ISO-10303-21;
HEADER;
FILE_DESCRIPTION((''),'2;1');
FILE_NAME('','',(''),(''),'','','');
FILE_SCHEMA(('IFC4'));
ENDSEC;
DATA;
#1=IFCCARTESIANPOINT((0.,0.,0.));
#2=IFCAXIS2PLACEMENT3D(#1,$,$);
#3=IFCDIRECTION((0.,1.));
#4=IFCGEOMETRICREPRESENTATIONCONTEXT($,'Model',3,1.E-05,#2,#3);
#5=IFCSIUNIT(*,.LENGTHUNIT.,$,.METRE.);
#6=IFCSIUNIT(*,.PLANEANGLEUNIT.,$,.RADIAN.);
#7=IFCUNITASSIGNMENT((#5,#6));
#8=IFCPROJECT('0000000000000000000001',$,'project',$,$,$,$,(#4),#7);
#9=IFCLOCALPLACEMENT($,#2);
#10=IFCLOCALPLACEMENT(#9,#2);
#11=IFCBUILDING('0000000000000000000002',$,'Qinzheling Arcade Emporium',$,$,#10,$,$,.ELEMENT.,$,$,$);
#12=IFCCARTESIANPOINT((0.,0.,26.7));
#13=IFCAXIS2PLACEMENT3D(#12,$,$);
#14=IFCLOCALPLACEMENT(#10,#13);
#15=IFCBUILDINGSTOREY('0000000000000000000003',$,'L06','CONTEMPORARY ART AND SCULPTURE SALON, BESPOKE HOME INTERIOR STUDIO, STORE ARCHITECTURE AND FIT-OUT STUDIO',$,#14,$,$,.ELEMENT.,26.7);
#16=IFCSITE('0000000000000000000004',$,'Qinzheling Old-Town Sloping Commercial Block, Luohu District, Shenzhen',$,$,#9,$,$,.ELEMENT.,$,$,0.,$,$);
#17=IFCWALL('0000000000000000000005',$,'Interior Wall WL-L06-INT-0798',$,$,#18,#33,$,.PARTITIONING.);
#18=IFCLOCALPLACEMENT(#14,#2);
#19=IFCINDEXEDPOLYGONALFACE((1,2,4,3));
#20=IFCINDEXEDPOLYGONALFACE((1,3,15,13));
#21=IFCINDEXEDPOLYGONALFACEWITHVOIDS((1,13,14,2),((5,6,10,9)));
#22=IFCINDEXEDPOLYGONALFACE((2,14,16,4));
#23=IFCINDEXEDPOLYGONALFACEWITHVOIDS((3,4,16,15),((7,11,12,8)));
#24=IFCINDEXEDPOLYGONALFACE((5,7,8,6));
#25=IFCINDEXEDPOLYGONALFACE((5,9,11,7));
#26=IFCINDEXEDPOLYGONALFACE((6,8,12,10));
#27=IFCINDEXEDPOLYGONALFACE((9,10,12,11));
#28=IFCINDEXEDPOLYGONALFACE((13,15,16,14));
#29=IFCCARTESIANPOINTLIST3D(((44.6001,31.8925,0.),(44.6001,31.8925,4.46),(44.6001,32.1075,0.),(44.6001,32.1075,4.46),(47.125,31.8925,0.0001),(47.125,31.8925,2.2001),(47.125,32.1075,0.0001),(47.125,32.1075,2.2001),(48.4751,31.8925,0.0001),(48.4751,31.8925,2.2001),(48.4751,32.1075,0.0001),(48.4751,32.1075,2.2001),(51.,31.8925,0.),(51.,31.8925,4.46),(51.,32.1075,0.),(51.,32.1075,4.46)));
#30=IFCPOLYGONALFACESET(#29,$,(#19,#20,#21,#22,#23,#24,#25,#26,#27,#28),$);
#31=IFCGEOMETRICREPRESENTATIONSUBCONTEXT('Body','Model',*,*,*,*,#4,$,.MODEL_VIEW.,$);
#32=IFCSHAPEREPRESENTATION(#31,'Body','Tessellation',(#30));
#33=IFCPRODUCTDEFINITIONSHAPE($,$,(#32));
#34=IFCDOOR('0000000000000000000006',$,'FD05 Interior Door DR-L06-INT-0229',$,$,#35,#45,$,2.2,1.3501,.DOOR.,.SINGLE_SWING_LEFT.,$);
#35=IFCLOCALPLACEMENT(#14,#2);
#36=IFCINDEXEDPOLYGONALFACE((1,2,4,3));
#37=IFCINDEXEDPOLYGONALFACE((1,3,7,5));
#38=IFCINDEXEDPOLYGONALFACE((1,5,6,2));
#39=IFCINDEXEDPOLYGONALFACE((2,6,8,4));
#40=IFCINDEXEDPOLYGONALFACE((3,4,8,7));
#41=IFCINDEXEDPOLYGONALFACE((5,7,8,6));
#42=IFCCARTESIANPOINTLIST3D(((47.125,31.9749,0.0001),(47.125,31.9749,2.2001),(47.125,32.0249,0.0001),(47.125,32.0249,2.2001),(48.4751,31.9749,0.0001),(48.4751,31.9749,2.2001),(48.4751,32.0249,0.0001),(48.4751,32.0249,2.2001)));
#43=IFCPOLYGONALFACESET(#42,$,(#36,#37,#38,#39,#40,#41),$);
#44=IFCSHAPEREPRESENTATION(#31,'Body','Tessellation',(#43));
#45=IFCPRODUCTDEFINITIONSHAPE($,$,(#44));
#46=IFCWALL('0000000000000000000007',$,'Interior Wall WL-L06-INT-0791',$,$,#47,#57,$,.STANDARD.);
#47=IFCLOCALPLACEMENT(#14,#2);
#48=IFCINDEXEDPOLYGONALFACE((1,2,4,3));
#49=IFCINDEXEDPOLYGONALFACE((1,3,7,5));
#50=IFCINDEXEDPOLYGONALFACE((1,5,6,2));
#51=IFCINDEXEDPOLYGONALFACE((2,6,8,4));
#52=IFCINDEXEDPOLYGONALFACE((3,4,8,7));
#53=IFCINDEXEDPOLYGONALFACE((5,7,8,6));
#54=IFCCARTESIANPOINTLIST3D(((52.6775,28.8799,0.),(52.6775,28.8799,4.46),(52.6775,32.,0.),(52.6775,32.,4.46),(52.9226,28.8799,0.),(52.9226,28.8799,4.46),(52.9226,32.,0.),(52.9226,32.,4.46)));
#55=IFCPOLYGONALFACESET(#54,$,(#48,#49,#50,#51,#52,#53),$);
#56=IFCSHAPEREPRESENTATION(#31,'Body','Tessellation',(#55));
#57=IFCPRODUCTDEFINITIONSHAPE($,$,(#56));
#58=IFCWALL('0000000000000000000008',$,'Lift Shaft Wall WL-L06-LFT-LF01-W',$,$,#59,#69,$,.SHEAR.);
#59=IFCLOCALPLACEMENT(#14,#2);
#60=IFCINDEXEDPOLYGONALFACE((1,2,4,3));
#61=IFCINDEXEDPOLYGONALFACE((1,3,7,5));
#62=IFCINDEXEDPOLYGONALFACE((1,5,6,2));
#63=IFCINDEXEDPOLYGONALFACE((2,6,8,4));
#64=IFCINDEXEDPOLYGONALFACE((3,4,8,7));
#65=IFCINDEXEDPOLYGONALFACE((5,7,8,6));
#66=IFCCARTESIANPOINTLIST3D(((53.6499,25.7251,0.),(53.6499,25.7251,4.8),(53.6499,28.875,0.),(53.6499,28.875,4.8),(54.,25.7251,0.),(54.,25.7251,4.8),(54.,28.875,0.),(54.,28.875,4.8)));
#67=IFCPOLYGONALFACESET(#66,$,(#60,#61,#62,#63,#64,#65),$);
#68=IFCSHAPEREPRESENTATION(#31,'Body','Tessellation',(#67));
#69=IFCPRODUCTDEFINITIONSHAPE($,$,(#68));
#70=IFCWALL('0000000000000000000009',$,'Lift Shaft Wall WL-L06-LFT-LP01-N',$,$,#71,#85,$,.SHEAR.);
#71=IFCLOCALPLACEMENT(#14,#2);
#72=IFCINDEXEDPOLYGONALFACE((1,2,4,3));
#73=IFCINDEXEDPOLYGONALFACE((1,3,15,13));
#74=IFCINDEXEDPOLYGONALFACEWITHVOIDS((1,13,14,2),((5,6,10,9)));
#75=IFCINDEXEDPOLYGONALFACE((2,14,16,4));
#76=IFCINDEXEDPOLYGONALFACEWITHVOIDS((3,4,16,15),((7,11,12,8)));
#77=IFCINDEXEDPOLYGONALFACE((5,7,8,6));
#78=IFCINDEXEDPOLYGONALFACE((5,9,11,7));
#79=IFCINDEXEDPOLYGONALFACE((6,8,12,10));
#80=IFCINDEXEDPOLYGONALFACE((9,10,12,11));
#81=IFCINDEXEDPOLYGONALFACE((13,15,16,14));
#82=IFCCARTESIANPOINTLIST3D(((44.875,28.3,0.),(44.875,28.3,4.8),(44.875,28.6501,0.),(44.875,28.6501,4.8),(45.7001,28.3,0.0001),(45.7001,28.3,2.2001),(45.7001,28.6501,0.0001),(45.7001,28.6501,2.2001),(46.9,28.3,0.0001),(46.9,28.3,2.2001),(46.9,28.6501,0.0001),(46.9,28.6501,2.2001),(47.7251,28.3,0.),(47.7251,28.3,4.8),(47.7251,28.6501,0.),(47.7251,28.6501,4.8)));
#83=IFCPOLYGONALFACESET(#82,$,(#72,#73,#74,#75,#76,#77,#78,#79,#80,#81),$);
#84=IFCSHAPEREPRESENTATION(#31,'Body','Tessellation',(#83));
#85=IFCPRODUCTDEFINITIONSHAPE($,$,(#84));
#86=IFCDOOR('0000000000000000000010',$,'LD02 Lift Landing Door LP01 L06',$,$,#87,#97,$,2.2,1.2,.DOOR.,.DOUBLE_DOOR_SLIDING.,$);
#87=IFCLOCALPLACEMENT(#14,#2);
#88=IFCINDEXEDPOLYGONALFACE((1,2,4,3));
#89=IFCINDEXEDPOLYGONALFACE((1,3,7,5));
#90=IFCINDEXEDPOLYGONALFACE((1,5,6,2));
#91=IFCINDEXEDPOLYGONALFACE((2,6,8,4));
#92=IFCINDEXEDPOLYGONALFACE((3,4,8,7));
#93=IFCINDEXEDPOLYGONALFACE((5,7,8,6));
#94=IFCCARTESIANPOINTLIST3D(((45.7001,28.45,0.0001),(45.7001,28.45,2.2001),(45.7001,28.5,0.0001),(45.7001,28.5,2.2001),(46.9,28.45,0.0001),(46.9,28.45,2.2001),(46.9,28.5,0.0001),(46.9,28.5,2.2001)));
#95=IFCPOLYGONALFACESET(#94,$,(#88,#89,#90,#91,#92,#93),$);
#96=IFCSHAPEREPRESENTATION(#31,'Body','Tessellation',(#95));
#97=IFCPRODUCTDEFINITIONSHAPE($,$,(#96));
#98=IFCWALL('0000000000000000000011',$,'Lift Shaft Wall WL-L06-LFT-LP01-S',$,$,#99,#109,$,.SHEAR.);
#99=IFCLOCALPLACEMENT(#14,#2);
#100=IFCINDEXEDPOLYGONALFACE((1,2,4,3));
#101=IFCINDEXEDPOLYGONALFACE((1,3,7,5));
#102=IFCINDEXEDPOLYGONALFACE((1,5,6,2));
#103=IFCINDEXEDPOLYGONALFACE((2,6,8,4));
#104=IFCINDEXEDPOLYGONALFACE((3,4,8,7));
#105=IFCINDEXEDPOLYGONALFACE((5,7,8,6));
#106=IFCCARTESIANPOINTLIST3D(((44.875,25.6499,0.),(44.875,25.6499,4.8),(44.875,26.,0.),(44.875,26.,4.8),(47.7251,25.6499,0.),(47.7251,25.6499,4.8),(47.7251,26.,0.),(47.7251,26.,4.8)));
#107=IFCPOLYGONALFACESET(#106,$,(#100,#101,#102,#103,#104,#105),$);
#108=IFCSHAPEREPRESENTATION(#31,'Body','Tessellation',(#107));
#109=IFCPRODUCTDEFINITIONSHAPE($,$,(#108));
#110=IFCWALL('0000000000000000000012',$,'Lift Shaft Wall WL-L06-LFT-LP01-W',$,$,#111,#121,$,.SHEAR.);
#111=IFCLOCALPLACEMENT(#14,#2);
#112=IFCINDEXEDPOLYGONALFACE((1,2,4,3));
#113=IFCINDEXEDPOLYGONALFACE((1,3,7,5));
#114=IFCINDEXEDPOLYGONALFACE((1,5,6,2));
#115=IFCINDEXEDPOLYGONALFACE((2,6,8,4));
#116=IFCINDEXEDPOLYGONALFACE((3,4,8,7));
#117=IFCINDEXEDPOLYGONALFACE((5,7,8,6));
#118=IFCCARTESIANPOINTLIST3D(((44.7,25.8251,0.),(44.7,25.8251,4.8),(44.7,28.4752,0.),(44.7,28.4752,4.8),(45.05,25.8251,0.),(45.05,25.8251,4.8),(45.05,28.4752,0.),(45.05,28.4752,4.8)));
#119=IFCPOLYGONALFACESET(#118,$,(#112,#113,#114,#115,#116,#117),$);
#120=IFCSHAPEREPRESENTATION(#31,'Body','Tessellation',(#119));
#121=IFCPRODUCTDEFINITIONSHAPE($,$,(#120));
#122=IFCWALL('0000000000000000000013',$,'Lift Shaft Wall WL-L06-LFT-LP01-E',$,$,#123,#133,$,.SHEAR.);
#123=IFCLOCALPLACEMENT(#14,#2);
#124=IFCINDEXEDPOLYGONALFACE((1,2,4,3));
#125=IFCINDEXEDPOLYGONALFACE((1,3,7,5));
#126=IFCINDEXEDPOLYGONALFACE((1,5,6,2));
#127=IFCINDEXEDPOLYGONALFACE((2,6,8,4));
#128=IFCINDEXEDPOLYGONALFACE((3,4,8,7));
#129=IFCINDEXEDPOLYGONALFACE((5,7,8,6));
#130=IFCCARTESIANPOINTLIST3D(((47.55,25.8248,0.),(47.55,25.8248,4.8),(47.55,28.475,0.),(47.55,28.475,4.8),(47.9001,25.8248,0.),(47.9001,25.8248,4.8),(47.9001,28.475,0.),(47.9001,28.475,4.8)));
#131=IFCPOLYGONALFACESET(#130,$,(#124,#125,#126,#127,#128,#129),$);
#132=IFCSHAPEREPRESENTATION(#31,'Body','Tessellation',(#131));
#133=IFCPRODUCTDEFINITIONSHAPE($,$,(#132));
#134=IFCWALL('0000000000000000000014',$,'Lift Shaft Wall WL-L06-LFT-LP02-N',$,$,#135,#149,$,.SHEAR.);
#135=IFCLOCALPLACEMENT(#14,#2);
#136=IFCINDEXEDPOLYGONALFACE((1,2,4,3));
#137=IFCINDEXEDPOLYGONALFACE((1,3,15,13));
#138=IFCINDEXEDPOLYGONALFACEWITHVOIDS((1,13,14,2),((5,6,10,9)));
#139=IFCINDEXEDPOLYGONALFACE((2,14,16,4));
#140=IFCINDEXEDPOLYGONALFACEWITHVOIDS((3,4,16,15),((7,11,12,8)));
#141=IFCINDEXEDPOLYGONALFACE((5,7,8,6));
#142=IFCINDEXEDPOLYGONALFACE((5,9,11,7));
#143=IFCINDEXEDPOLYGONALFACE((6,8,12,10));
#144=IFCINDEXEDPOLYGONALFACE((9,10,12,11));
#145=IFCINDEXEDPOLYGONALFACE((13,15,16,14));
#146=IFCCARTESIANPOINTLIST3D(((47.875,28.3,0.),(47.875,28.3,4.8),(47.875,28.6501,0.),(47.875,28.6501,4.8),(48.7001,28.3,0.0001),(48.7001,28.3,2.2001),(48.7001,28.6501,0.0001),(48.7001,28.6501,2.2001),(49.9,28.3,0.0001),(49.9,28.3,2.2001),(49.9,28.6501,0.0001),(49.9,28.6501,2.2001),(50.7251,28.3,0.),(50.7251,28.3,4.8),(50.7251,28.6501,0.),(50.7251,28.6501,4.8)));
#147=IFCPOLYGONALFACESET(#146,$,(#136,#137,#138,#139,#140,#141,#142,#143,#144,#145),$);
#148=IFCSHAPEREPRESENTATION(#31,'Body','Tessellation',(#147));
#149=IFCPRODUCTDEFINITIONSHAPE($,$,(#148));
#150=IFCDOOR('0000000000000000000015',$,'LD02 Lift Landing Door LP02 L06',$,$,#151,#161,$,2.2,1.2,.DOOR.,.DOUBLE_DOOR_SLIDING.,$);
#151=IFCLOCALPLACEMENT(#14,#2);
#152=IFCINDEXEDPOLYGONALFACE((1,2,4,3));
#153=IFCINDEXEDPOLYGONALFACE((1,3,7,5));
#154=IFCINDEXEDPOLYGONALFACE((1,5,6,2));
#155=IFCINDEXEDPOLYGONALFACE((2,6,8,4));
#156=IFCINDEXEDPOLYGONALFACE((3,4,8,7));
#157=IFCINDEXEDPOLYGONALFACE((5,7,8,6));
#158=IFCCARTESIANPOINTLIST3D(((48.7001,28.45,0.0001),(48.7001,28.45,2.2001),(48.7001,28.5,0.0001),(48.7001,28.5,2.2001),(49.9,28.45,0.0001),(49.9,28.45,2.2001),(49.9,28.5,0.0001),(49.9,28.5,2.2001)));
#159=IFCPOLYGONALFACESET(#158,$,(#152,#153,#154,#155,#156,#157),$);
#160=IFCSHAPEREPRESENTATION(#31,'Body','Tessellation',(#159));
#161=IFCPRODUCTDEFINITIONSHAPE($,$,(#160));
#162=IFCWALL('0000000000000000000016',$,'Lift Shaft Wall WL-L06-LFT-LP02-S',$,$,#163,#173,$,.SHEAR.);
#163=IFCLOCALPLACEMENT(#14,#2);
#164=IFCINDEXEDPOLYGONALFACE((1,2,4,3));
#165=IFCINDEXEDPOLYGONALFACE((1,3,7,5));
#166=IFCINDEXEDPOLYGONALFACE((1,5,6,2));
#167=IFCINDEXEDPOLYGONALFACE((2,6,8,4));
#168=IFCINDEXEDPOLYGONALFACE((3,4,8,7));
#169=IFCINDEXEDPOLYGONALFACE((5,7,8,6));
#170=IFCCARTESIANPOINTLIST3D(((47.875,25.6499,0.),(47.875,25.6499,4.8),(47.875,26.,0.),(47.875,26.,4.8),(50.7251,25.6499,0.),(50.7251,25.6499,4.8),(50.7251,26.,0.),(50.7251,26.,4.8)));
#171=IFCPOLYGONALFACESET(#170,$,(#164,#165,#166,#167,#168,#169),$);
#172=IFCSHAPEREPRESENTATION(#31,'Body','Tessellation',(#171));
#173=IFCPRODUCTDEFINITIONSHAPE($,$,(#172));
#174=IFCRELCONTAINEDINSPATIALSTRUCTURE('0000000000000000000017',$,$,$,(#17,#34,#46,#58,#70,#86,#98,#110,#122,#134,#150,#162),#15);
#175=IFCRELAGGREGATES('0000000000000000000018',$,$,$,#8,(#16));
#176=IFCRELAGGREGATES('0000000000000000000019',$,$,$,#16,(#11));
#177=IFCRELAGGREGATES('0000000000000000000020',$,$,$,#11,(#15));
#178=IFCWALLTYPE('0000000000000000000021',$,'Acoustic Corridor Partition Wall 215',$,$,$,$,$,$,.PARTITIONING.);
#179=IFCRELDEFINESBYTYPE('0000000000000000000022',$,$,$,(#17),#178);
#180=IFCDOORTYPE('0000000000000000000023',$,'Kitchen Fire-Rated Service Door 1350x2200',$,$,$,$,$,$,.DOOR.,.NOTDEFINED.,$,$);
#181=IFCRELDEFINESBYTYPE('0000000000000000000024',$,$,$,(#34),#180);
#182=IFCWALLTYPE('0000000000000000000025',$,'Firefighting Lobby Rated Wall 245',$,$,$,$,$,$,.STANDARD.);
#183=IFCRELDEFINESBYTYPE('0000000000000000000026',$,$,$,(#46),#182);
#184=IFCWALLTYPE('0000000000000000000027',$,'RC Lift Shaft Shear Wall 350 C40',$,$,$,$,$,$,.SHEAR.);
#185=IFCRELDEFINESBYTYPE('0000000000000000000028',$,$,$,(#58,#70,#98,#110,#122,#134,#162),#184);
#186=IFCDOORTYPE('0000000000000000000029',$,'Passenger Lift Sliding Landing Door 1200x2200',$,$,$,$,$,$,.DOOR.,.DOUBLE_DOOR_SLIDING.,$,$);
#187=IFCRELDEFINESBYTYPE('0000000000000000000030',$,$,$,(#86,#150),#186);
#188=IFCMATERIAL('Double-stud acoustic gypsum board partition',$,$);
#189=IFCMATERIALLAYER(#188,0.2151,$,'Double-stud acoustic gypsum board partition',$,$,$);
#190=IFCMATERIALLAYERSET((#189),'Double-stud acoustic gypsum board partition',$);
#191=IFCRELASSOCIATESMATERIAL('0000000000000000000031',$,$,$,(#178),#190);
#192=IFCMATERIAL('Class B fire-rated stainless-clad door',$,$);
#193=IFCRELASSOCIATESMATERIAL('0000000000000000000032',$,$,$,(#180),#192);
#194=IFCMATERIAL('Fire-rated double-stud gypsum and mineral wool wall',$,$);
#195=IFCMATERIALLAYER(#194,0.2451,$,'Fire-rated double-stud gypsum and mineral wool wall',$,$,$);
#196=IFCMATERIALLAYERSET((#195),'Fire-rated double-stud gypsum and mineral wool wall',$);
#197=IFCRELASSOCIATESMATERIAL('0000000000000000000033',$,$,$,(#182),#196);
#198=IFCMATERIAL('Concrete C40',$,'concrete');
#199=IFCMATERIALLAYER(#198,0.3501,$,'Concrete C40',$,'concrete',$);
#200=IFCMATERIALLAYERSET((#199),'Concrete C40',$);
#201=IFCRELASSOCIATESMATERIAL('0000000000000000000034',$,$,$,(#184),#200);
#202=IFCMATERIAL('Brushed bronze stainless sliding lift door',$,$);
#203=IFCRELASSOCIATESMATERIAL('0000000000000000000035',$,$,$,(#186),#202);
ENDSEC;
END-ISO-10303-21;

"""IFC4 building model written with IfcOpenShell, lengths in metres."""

from ifc_helpers import new_model, si_unit, direction, frame, frame_2d, origin, place, context, subcontext, project, spatial, rectangle, extrude, material, layer, layer_set, type_object, element, fill, save


model = new_model("IFC4")

# Units and contexts
model_context = context("Model", 3, precision=1e-05, world=origin(), true_north=direction((0.0, 1.0)))
body_context = subcontext(model_context, "Body", "Model", "MODEL_VIEW")
ifc_project = project(units=[si_unit("LENGTHUNIT", "METRE"), si_unit("PLANEANGLEUNIT", "RADIAN")], contexts=[model_context])

# Site, building, storey
site_placement = place(None, origin())
site = spatial("IfcSite", under=ifc_project, at=site_placement, Name="Qinzheling Old-Town Sloping Commercial Block, Luohu District, Shenzhen", CompositionType="ELEMENT", RefElevation=0.0)
building_placement = place(site_placement, origin())
building = spatial("IfcBuilding", under=site, at=building_placement, Name="Qinzheling Arcade Emporium", CompositionType="ELEMENT")
storey_placement = place(building_placement, frame((0.0, 0.0, 26.7)))
storey = spatial("IfcBuildingStorey", under=building, at=storey_placement, Name="L06", Description="CONTEMPORARY ART AND SCULPTURE SALON, BESPOKE HOME INTERIOR STUDIO, STORE ARCHITECTURE AND FIT-OUT STUDIO", CompositionType="ELEMENT", Elevation=26.7)

# Shared definitions
ifc_material_1 = material(Name="Concrete C40", Category="concrete")

# Wall, opening, door
ifc_material_2 = material(Name="Double-stud acoustic gypsum board partition")
ifc_layer_1 = layer(ifc_material_2, 0.2151, Name="Double-stud acoustic gypsum board partition")
ifc_layer_set_1 = layer_set([ifc_layer_1], Name="Double-stud acoustic gypsum board partition")
wall_type_1 = type_object("IfcWallType", Name="Acoustic Corridor Partition Wall 215", PredefinedType="PARTITIONING", material=ifc_layer_set_1)
wall_1_placement = place(storey_placement, frame((44.6001, 32.0, 0.0), z_axis=(0.0, 0.0, 1.0), x_axis=(1.0, 0.0, 0.0)))
wall_1 = element("IfcWall", 1, at=wall_1_placement, inside=storey, type_object=wall_type_1, Name="Interior Wall WL-L06-INT-0798", PredefinedType="PARTITIONING", context=body_context, shape_type="SweptSolid", body=[
    extrude(rectangle(XDim=6.3999, YDim=0.2151, at=frame_2d((3.2, 0.0))), origin(), (0.0, 0.0, 1.0), 4.46),
])
opening_1_placement = place(wall_1_placement, frame((2.5249, 0.0, 0.0)))
opening_1 = element("IfcOpeningElement", 2, at=opening_1_placement, cuts=wall_1, PredefinedType="OPENING", context=body_context, shape_type="SweptSolid", body=[
    extrude(rectangle(XDim=1.3501, YDim=2.2, at=frame_2d((0.675, 1.1001))), frame((0.0, 0.1177, 0.0), z_axis=(0.0, -1.0, 0.0), x_axis=(1.0, 0.0, 0.0)), (0.0, 0.0, 1.0), 0.2351),
])
ifc_material_3 = material(Name="Class B fire-rated stainless-clad door")
door_type_1 = type_object("IfcDoorType", Name="Kitchen Fire-Rated Service Door 1350x2200", OperationType="NOTDEFINED", PredefinedType="DOOR", material=ifc_material_3)
door_1_placement = place(opening_1_placement, origin())
door_1 = element("IfcDoor", 3, at=door_1_placement, inside=storey, type_object=door_type_1, Name="FD05 Interior Door DR-L06-INT-0229", OperationType="SINGLE_SWING_LEFT", OverallHeight=2.2, OverallWidth=1.3501, PredefinedType="DOOR", context=body_context, shape_type="SweptSolid", body=[
    extrude(rectangle(XDim=1.3501, YDim=2.2, at=frame_2d((0.675, 1.1001))), frame((0.0, 0.0249, 0.0), z_axis=(0.0, -1.0, 0.0), x_axis=(1.0, 0.0, 0.0)), (0.0, 0.0, 1.0), 0.05),
])
fill(opening_1, door_1)

# Walls
ifc_material_4 = material(Name="Fire-rated double-stud gypsum and mineral wool wall")
ifc_layer_2 = layer(ifc_material_4, 0.2451, Name="Fire-rated double-stud gypsum and mineral wool wall")
ifc_layer_set_2 = layer_set([ifc_layer_2], Name="Fire-rated double-stud gypsum and mineral wool wall")
wall_type_2 = type_object("IfcWallType", Name="Firefighting Lobby Rated Wall 245", PredefinedType="STANDARD", material=ifc_layer_set_2)
wall_2_placement = place(storey_placement, frame((52.8, 28.8799, 0.0), z_axis=(0.0, 0.0, 1.0), x_axis=(0.0, 1.0, 0.0)))
element("IfcWall", 4, at=wall_2_placement, inside=storey, type_object=wall_type_2, Name="Interior Wall WL-L06-INT-0791", PredefinedType="STANDARD", context=body_context, shape_type="SweptSolid", body=[
    extrude(rectangle(XDim=3.1201, YDim=0.2451, at=frame_2d((1.5601, 0.0))), origin(), (0.0, 0.0, 1.0), 4.46),
])
ifc_layer_3 = layer(ifc_material_1, 0.3501, Name="Concrete C40", Category="concrete")
ifc_layer_set_3 = layer_set([ifc_layer_3], Name="Concrete C40")
wall_type_3 = type_object("IfcWallType", Name="RC Lift Shaft Shear Wall 350 C40", PredefinedType="SHEAR", material=ifc_layer_set_3)
wall_3_placement = place(storey_placement, frame((53.825, 25.7251, 0.0), z_axis=(0.0, 0.0, 1.0), x_axis=(0.0, 1.0, 0.0)))
element("IfcWall", 5, at=wall_3_placement, inside=storey, type_object=wall_type_3, Name="Lift Shaft Wall WL-L06-LFT-LF01-W", PredefinedType="SHEAR", context=body_context, shape_type="SweptSolid", body=[
    extrude(rectangle(XDim=3.1499, YDim=0.3501, at=frame_2d((1.575, 0.0))), origin(), (0.0, 0.0, 1.0), 4.8),
])

# Wall, opening, door
wall_4_placement = place(storey_placement, frame((44.875, 28.4751, 0.0), z_axis=(0.0, 0.0, 1.0), x_axis=(1.0, 0.0, 0.0)))
wall_4 = element("IfcWall", 6, at=wall_4_placement, inside=storey, type_object=wall_type_3, Name="Lift Shaft Wall WL-L06-LFT-LP01-N", PredefinedType="SHEAR", context=body_context, shape_type="SweptSolid", body=[
    extrude(rectangle(XDim=2.8501, YDim=0.3501, at=frame_2d((1.425, 0.0))), origin(), (0.0, 0.0, 1.0), 4.8),
])
opening_2_placement = place(wall_4_placement, frame((0.825, 0.0, 0.0)))
opening_2 = element("IfcOpeningElement", 7, at=opening_2_placement, cuts=wall_4, PredefinedType="OPENING", context=body_context, shape_type="SweptSolid", body=[
    extrude(rectangle(XDim=1.2, YDim=2.2, at=frame_2d((0.6001, 1.1001))), frame((0.0, 0.1851, 0.0), z_axis=(0.0, -1.0, 0.0), x_axis=(1.0, 0.0, 0.0)), (0.0, 0.0, 1.0), 0.3701),
])
ifc_material_5 = material(Name="Brushed bronze stainless sliding lift door")
door_type_2 = type_object("IfcDoorType", Name="Passenger Lift Sliding Landing Door 1200x2200", OperationType="DOUBLE_DOOR_SLIDING", PredefinedType="DOOR", material=ifc_material_5)
door_2_placement = place(opening_2_placement, origin())
door_2 = element("IfcDoor", 8, at=door_2_placement, inside=storey, type_object=door_type_2, Name="LD02 Lift Landing Door LP01 L06", OperationType="DOUBLE_DOOR_SLIDING", OverallHeight=2.2, OverallWidth=1.2, PredefinedType="DOOR", context=body_context, shape_type="SweptSolid", body=[
    extrude(rectangle(XDim=1.2, YDim=2.2, at=frame_2d((0.6001, 1.1001))), frame((0.0, 0.0249, 0.0), z_axis=(0.0, -1.0, 0.0), x_axis=(1.0, 0.0, 0.0)), (0.0, 0.0, 1.0), 0.05),
])
fill(opening_2, door_2)

# Walls
wall_5_placement = place(storey_placement, frame((47.7251, 25.825, 0.0), z_axis=(0.0, 0.0, 1.0), x_axis=(-1.0, 0.0, 0.0)))
element("IfcWall", 9, at=wall_5_placement, inside=storey, type_object=wall_type_3, Name="Lift Shaft Wall WL-L06-LFT-LP01-S", PredefinedType="SHEAR", context=body_context, shape_type="SweptSolid", body=[
    extrude(rectangle(XDim=2.8501, YDim=0.3501, at=frame_2d((1.425, 0.0))), origin(), (0.0, 0.0, 1.0), 4.8),
])
for number, where, z_axis, x_axis, name in (
    (10, (44.875, 25.825, 0.0), (0.0, 0.0, 1.0), (0.0, 1.0, 0.0), "Lift Shaft Wall WL-L06-LFT-LP01-W"),
    (11, (47.7251, 28.4751, 0.0), (0.0, 0.0, 1.0), (0.0, -1.0, 0.0), "Lift Shaft Wall WL-L06-LFT-LP01-E"),
):
    element("IfcWall", number, at=place(storey_placement, frame(where, z_axis=z_axis, x_axis=x_axis)), inside=storey, type_object=wall_type_3, Name=name, PredefinedType="SHEAR", context=body_context, shape_type="SweptSolid", body=[
        extrude(rectangle(XDim=2.6501, YDim=0.3501, at=frame_2d((1.3252, 0.0))), origin(), (0.0, 0.0, 1.0), 4.8),
    ])

# Wall, opening, door
wall_6_placement = place(storey_placement, frame((47.875, 28.4751, 0.0), z_axis=(0.0, 0.0, 1.0), x_axis=(1.0, 0.0, 0.0)))
wall_6 = element("IfcWall", 12, at=wall_6_placement, inside=storey, type_object=wall_type_3, Name="Lift Shaft Wall WL-L06-LFT-LP02-N", PredefinedType="SHEAR", context=body_context, shape_type="SweptSolid", body=[
    extrude(rectangle(XDim=2.8501, YDim=0.3501, at=frame_2d((1.425, 0.0))), origin(), (0.0, 0.0, 1.0), 4.8),
])
opening_3_placement = place(wall_6_placement, frame((0.825, 0.0, 0.0)))
opening_3 = element("IfcOpeningElement", 13, at=opening_3_placement, cuts=wall_6, PredefinedType="OPENING", context=body_context, shape_type="SweptSolid", body=[
    extrude(rectangle(XDim=1.2, YDim=2.2, at=frame_2d((0.6001, 1.1001))), frame((0.0, 0.1851, 0.0), z_axis=(0.0, -1.0, 0.0), x_axis=(1.0, 0.0, 0.0)), (0.0, 0.0, 1.0), 0.3701),
])
door_3_placement = place(opening_3_placement, origin())
door_3 = element("IfcDoor", 14, at=door_3_placement, inside=storey, type_object=door_type_2, Name="LD02 Lift Landing Door LP02 L06", OperationType="DOUBLE_DOOR_SLIDING", OverallHeight=2.2, OverallWidth=1.2, PredefinedType="DOOR", context=body_context, shape_type="SweptSolid", body=[
    extrude(rectangle(XDim=1.2, YDim=2.2, at=frame_2d((0.6001, 1.1001))), frame((0.0, 0.0249, 0.0), z_axis=(0.0, -1.0, 0.0), x_axis=(1.0, 0.0, 0.0)), (0.0, 0.0, 1.0), 0.05),
])
fill(opening_3, door_3)

# Wall
wall_7_placement = place(storey_placement, frame((50.7251, 25.825, 0.0), z_axis=(0.0, 0.0, 1.0), x_axis=(-1.0, 0.0, 0.0)))
element("IfcWall", 15, at=wall_7_placement, inside=storey, type_object=wall_type_3, Name="Lift Shaft Wall WL-L06-LFT-LP02-S", PredefinedType="SHEAR", context=body_context, shape_type="SweptSolid", body=[
    extrude(rectangle(XDim=2.8501, YDim=0.3501, at=frame_2d((1.425, 0.0))), origin(), (0.0, 0.0, 1.0), 4.8),
])

save(model, "model.ifc")
